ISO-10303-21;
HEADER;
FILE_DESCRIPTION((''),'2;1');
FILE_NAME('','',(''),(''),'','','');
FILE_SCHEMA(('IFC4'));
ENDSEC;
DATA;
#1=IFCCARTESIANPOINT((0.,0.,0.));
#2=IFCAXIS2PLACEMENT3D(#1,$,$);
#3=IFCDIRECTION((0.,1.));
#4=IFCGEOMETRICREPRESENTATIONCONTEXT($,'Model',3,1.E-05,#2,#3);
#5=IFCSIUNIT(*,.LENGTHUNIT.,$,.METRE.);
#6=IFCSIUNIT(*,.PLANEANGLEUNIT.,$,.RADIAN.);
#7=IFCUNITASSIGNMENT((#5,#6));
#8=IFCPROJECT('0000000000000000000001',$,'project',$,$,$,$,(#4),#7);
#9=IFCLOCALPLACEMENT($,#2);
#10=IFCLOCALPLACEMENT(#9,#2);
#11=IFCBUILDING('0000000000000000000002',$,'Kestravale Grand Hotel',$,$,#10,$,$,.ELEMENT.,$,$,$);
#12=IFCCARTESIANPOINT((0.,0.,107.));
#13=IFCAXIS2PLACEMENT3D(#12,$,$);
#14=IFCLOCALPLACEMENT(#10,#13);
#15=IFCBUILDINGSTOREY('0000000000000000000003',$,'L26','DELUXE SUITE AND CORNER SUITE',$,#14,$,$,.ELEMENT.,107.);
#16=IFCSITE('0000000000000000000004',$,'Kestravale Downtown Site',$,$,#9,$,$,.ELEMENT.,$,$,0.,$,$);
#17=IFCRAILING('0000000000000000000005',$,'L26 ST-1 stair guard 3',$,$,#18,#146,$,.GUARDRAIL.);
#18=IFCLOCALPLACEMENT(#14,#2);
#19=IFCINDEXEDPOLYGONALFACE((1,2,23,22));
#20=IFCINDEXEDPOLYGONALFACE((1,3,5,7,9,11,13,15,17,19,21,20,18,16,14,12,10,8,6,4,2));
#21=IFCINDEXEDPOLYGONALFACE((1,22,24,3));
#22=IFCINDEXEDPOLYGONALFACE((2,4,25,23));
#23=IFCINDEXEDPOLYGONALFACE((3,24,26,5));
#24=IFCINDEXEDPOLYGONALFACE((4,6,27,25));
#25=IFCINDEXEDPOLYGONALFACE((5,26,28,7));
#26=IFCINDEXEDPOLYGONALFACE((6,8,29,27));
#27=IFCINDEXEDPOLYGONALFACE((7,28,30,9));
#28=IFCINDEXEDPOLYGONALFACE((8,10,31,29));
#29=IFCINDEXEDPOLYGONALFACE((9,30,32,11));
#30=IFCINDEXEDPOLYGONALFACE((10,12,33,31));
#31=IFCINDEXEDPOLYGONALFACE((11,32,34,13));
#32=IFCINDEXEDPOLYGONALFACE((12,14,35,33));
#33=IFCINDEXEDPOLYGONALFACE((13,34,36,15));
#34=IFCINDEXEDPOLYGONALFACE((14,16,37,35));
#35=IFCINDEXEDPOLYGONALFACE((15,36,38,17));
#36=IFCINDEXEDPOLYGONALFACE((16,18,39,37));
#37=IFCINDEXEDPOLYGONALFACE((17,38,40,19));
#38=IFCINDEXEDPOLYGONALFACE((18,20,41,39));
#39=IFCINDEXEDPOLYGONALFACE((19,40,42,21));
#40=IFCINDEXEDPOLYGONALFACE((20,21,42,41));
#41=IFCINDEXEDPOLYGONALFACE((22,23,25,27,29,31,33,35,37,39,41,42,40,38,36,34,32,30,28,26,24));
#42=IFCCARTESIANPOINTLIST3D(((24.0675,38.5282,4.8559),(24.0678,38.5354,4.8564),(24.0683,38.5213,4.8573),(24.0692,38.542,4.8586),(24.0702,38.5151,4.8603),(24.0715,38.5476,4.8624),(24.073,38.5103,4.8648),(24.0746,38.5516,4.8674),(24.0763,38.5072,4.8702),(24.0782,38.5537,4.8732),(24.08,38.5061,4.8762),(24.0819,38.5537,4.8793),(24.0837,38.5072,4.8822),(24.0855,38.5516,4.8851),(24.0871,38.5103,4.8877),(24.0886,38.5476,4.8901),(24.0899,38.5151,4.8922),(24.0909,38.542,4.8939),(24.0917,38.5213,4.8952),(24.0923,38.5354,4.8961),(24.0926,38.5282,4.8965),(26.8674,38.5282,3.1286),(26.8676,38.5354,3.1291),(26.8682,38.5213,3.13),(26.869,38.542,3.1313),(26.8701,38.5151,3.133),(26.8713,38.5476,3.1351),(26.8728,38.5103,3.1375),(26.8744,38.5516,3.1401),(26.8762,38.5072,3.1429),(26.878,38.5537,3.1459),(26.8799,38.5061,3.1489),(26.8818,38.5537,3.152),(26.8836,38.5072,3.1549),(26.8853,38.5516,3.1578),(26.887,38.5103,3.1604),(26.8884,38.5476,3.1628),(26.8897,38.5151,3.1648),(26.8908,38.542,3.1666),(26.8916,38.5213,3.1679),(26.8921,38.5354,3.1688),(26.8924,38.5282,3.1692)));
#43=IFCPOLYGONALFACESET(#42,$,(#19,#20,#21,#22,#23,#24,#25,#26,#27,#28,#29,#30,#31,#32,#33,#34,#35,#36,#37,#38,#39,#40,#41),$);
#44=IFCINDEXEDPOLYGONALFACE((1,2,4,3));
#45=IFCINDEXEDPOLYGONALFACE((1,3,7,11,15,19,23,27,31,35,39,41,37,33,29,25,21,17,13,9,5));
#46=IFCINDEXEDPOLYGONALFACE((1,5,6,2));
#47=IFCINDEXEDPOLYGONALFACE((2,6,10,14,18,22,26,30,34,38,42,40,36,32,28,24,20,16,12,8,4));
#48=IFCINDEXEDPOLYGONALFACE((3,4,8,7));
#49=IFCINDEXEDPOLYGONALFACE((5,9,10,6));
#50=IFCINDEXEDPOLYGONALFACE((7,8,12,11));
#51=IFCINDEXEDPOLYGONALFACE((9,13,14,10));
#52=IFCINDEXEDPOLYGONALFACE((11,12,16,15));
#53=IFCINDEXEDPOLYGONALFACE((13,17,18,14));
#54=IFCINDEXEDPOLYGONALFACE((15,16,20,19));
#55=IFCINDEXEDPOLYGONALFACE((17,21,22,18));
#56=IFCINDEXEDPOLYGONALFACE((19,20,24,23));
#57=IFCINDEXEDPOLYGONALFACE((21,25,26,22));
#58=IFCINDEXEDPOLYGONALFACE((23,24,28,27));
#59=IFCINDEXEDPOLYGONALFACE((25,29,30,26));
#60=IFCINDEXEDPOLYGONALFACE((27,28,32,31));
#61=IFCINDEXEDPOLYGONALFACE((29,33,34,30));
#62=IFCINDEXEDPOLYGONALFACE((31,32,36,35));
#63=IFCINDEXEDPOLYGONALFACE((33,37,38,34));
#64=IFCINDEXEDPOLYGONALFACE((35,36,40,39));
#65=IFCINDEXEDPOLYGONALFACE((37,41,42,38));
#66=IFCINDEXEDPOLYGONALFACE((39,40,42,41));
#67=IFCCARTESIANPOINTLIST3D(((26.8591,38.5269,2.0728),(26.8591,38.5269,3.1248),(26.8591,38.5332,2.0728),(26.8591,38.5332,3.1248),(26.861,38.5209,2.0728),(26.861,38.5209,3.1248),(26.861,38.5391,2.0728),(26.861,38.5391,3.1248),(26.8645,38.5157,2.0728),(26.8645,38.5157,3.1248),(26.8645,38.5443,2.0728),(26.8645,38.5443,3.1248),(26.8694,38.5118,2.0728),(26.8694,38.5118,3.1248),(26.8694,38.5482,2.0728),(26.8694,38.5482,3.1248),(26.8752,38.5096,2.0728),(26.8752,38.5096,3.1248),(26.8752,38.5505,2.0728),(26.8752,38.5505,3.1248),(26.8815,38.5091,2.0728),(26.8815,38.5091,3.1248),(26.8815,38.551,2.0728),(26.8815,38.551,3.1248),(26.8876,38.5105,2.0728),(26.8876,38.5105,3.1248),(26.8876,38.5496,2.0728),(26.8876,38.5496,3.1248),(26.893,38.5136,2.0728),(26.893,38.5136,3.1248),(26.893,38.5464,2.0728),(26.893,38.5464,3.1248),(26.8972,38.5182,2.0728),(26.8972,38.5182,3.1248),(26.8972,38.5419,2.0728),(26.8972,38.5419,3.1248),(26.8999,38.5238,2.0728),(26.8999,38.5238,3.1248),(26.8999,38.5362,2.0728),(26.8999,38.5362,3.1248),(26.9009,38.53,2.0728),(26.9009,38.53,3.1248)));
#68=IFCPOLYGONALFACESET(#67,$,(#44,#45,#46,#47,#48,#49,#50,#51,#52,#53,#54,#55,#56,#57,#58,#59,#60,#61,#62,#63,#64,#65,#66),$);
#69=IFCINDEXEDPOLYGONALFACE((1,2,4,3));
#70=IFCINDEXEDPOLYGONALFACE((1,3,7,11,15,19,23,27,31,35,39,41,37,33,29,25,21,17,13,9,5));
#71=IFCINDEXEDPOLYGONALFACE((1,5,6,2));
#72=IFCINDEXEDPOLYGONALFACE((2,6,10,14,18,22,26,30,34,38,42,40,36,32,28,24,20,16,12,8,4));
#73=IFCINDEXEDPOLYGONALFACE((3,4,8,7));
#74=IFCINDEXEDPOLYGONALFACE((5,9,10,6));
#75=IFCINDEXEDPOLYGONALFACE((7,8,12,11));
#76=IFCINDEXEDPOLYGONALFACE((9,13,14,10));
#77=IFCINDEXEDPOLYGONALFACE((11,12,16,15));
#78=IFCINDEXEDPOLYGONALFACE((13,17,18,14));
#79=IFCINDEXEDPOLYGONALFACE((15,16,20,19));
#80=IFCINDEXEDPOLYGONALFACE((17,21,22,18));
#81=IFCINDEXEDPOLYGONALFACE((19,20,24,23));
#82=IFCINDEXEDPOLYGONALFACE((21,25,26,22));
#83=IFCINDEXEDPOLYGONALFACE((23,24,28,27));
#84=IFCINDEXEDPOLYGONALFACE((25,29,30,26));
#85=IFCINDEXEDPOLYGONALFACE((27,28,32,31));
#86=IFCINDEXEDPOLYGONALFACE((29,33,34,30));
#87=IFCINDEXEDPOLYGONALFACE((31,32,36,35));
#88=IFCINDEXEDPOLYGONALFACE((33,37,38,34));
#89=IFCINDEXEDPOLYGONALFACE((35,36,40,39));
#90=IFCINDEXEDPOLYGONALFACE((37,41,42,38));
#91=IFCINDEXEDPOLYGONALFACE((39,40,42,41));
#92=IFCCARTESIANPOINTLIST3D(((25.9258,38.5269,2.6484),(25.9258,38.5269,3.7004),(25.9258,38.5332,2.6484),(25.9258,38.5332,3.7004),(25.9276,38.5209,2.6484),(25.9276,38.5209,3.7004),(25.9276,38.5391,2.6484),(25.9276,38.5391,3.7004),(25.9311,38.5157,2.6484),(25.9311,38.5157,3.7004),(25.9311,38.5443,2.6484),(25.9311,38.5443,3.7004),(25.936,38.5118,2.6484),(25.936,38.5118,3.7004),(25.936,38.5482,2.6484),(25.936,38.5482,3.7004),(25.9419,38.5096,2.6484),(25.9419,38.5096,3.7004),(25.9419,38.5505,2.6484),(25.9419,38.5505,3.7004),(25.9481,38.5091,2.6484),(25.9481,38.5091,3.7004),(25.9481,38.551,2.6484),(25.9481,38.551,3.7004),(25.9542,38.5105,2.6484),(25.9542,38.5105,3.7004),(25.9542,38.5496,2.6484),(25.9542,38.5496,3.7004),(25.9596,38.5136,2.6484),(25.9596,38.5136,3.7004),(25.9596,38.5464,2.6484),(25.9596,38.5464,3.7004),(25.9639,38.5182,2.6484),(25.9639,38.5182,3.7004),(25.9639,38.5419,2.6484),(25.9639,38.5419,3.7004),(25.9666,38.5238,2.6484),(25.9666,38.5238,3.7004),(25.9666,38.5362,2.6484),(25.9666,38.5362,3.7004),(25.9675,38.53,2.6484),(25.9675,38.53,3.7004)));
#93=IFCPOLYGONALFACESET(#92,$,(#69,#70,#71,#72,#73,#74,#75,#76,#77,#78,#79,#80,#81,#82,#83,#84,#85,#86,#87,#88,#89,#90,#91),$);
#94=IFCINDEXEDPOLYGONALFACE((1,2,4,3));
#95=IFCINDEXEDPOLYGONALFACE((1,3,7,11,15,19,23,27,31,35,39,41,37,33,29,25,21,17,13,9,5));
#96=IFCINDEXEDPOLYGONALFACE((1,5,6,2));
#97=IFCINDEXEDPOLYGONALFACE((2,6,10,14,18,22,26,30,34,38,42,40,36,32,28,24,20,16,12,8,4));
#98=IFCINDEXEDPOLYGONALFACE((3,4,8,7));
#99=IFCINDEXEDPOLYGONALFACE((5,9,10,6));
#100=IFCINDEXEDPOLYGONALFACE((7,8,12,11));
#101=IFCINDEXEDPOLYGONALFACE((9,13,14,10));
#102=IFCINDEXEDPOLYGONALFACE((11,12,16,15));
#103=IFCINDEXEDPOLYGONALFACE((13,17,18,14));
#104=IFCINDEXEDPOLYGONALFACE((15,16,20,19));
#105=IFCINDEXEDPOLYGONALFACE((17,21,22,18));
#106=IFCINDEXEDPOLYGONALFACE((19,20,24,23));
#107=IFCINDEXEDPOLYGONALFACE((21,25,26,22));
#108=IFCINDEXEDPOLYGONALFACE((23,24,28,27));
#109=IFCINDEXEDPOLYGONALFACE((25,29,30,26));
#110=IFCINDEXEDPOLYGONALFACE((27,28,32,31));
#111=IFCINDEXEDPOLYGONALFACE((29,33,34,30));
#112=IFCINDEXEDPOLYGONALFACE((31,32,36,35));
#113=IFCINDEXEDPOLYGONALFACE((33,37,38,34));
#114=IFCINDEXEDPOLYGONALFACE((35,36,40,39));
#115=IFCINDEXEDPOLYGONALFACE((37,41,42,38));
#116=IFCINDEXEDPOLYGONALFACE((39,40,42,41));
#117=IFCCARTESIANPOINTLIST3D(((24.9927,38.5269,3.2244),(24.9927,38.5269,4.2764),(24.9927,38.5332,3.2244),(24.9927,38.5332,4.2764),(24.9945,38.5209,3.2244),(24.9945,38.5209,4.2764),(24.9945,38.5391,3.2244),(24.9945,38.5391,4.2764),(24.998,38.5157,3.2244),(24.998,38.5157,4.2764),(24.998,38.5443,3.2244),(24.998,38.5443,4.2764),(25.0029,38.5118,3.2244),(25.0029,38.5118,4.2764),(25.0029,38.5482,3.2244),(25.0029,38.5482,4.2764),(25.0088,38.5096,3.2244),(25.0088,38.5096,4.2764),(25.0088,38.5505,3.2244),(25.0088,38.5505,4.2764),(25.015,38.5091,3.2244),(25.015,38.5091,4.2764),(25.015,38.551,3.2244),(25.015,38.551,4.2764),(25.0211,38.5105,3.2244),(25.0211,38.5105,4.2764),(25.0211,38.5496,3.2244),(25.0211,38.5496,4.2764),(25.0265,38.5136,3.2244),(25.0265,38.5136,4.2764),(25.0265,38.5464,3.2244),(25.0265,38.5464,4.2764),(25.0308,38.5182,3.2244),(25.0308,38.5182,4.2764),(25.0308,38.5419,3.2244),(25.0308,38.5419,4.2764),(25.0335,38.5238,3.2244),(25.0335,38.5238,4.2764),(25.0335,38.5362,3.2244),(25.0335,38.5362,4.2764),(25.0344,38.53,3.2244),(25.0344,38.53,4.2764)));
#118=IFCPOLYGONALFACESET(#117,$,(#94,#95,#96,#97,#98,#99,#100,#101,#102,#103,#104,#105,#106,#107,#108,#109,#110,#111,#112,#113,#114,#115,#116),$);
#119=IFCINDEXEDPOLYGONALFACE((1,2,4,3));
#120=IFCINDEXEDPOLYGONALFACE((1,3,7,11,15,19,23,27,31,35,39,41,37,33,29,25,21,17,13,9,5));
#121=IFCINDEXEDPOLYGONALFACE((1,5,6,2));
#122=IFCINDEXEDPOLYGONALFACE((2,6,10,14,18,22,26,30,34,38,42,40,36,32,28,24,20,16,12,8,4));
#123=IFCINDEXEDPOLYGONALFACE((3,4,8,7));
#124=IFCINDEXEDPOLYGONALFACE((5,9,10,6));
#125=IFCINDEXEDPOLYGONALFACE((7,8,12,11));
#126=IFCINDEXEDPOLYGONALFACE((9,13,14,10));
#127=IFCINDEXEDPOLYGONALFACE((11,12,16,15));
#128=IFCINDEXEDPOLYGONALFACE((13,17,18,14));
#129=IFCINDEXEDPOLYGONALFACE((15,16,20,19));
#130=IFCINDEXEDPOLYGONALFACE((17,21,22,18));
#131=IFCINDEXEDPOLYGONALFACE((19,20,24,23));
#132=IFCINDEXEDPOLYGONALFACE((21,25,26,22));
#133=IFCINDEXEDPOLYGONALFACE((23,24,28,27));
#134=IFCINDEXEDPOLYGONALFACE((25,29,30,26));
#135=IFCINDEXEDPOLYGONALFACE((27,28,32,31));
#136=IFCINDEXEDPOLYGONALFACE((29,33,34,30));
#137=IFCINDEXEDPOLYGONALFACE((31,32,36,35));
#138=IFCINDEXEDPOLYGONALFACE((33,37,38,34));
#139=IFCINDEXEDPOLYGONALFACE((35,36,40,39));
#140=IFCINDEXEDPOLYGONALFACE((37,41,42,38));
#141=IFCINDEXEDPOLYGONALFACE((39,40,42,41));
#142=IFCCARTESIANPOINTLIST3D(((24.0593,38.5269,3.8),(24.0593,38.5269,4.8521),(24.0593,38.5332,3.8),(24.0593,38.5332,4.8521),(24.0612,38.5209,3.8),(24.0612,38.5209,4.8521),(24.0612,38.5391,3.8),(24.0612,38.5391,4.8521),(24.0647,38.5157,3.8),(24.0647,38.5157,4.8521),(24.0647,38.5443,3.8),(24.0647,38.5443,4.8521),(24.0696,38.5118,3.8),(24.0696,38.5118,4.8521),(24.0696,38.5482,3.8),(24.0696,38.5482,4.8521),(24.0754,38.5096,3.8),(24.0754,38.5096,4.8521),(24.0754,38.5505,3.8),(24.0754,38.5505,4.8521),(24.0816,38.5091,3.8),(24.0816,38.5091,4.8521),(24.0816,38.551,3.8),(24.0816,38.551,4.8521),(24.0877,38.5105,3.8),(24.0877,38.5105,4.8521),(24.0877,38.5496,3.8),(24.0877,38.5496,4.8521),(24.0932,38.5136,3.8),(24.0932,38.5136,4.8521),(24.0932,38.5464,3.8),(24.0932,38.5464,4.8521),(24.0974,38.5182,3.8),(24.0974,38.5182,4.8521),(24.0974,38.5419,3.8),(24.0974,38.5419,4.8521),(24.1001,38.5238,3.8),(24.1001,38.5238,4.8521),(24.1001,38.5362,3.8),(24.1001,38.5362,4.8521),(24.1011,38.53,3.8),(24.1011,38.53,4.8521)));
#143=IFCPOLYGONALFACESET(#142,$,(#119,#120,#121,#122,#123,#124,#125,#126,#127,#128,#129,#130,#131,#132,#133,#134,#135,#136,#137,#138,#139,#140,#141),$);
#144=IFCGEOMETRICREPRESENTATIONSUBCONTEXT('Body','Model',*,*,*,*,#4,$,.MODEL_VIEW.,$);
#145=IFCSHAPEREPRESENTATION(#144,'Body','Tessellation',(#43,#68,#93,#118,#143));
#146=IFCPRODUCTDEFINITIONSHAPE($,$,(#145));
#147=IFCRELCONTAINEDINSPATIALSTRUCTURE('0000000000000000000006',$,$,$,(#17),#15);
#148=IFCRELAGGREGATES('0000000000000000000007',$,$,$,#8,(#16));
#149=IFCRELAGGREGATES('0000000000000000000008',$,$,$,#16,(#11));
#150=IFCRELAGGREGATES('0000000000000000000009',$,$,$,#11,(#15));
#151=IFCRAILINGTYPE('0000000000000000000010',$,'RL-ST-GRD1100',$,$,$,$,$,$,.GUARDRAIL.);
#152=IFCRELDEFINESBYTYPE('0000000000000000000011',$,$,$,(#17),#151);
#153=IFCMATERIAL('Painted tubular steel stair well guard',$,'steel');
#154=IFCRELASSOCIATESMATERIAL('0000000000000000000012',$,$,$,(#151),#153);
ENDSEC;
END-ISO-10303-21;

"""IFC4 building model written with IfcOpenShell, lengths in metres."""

from ifc_helpers import new_model, si_unit, direction, frame, origin, origin_2d, place, context, subcontext, project, spatial, circle, extrude, material, type_object, element, save


model = new_model("IFC4")

# Units and contexts
model_context = context("Model", 3, precision=1e-05, world=origin(), true_north=direction((0.0, 1.0)))
body_context = subcontext(model_context, "Body", "Model", "MODEL_VIEW")
ifc_project = project(units=[si_unit("LENGTHUNIT", "METRE"), si_unit("PLANEANGLEUNIT", "RADIAN")], contexts=[model_context])

# Site, building, storey
site_placement = place(None, origin())
site = spatial("IfcSite", under=ifc_project, at=site_placement, Name="Kestravale Downtown Site", CompositionType="ELEMENT", RefElevation=0.0)
building_placement = place(site_placement, origin())
building = spatial("IfcBuilding", under=site, at=building_placement, Name="Kestravale Grand Hotel", CompositionType="ELEMENT")
storey_placement = place(building_placement, frame((0.0, 0.0, 107.0)))
storey = spatial("IfcBuildingStorey", under=building, at=storey_placement, Name="L26", Description="DELUXE SUITE AND CORNER SUITE", CompositionType="ELEMENT", Elevation=107.0)

# Railing
ifc_material_1 = material(Name="Painted tubular steel stair well guard", Category="steel")
railing_type_1 = type_object("IfcRailingType", Name="RL-ST-GRD1100", PredefinedType="GUARDRAIL", material=ifc_material_1)
railing_1_placement = place(storey_placement, frame((26.8799, 38.53, 2.0728)))
element("IfcRailing", 1, at=railing_1_placement, inside=storey, type_object=railing_type_1, Name="L26 ST-1 stair guard 3", PredefinedType="GUARDRAIL", context=body_context, shape_type="SweptSolid", body=[
    extrude(circle(Radius=0.0239, at=origin_2d()), frame((0.0, 0.0, 1.0762), z_axis=(-0.851069, 0.0, 0.525054), x_axis=(0.0, -1.0, 0.0)), (0.0, 0.0, 1.0), 3.2898),
    extrude(circle(Radius=0.021, at=origin_2d()), origin(), (0.0, 0.0, 1.0), 1.052),
    extrude(circle(Radius=0.021, at=origin_2d()), frame((-0.9333, 0.0, 0.5757)), (0.0, 0.0, 1.0), 1.052),
    extrude(circle(Radius=0.021, at=origin_2d()), frame((-1.8665, 0.0, 1.1516)), (0.0, 0.0, 1.0), 1.052),
    extrude(circle(Radius=0.021, at=origin_2d()), frame((-2.7998, 0.0, 1.7273)), (0.0, 0.0, 1.0), 1.052),
])

save(model, "model.ifc")
